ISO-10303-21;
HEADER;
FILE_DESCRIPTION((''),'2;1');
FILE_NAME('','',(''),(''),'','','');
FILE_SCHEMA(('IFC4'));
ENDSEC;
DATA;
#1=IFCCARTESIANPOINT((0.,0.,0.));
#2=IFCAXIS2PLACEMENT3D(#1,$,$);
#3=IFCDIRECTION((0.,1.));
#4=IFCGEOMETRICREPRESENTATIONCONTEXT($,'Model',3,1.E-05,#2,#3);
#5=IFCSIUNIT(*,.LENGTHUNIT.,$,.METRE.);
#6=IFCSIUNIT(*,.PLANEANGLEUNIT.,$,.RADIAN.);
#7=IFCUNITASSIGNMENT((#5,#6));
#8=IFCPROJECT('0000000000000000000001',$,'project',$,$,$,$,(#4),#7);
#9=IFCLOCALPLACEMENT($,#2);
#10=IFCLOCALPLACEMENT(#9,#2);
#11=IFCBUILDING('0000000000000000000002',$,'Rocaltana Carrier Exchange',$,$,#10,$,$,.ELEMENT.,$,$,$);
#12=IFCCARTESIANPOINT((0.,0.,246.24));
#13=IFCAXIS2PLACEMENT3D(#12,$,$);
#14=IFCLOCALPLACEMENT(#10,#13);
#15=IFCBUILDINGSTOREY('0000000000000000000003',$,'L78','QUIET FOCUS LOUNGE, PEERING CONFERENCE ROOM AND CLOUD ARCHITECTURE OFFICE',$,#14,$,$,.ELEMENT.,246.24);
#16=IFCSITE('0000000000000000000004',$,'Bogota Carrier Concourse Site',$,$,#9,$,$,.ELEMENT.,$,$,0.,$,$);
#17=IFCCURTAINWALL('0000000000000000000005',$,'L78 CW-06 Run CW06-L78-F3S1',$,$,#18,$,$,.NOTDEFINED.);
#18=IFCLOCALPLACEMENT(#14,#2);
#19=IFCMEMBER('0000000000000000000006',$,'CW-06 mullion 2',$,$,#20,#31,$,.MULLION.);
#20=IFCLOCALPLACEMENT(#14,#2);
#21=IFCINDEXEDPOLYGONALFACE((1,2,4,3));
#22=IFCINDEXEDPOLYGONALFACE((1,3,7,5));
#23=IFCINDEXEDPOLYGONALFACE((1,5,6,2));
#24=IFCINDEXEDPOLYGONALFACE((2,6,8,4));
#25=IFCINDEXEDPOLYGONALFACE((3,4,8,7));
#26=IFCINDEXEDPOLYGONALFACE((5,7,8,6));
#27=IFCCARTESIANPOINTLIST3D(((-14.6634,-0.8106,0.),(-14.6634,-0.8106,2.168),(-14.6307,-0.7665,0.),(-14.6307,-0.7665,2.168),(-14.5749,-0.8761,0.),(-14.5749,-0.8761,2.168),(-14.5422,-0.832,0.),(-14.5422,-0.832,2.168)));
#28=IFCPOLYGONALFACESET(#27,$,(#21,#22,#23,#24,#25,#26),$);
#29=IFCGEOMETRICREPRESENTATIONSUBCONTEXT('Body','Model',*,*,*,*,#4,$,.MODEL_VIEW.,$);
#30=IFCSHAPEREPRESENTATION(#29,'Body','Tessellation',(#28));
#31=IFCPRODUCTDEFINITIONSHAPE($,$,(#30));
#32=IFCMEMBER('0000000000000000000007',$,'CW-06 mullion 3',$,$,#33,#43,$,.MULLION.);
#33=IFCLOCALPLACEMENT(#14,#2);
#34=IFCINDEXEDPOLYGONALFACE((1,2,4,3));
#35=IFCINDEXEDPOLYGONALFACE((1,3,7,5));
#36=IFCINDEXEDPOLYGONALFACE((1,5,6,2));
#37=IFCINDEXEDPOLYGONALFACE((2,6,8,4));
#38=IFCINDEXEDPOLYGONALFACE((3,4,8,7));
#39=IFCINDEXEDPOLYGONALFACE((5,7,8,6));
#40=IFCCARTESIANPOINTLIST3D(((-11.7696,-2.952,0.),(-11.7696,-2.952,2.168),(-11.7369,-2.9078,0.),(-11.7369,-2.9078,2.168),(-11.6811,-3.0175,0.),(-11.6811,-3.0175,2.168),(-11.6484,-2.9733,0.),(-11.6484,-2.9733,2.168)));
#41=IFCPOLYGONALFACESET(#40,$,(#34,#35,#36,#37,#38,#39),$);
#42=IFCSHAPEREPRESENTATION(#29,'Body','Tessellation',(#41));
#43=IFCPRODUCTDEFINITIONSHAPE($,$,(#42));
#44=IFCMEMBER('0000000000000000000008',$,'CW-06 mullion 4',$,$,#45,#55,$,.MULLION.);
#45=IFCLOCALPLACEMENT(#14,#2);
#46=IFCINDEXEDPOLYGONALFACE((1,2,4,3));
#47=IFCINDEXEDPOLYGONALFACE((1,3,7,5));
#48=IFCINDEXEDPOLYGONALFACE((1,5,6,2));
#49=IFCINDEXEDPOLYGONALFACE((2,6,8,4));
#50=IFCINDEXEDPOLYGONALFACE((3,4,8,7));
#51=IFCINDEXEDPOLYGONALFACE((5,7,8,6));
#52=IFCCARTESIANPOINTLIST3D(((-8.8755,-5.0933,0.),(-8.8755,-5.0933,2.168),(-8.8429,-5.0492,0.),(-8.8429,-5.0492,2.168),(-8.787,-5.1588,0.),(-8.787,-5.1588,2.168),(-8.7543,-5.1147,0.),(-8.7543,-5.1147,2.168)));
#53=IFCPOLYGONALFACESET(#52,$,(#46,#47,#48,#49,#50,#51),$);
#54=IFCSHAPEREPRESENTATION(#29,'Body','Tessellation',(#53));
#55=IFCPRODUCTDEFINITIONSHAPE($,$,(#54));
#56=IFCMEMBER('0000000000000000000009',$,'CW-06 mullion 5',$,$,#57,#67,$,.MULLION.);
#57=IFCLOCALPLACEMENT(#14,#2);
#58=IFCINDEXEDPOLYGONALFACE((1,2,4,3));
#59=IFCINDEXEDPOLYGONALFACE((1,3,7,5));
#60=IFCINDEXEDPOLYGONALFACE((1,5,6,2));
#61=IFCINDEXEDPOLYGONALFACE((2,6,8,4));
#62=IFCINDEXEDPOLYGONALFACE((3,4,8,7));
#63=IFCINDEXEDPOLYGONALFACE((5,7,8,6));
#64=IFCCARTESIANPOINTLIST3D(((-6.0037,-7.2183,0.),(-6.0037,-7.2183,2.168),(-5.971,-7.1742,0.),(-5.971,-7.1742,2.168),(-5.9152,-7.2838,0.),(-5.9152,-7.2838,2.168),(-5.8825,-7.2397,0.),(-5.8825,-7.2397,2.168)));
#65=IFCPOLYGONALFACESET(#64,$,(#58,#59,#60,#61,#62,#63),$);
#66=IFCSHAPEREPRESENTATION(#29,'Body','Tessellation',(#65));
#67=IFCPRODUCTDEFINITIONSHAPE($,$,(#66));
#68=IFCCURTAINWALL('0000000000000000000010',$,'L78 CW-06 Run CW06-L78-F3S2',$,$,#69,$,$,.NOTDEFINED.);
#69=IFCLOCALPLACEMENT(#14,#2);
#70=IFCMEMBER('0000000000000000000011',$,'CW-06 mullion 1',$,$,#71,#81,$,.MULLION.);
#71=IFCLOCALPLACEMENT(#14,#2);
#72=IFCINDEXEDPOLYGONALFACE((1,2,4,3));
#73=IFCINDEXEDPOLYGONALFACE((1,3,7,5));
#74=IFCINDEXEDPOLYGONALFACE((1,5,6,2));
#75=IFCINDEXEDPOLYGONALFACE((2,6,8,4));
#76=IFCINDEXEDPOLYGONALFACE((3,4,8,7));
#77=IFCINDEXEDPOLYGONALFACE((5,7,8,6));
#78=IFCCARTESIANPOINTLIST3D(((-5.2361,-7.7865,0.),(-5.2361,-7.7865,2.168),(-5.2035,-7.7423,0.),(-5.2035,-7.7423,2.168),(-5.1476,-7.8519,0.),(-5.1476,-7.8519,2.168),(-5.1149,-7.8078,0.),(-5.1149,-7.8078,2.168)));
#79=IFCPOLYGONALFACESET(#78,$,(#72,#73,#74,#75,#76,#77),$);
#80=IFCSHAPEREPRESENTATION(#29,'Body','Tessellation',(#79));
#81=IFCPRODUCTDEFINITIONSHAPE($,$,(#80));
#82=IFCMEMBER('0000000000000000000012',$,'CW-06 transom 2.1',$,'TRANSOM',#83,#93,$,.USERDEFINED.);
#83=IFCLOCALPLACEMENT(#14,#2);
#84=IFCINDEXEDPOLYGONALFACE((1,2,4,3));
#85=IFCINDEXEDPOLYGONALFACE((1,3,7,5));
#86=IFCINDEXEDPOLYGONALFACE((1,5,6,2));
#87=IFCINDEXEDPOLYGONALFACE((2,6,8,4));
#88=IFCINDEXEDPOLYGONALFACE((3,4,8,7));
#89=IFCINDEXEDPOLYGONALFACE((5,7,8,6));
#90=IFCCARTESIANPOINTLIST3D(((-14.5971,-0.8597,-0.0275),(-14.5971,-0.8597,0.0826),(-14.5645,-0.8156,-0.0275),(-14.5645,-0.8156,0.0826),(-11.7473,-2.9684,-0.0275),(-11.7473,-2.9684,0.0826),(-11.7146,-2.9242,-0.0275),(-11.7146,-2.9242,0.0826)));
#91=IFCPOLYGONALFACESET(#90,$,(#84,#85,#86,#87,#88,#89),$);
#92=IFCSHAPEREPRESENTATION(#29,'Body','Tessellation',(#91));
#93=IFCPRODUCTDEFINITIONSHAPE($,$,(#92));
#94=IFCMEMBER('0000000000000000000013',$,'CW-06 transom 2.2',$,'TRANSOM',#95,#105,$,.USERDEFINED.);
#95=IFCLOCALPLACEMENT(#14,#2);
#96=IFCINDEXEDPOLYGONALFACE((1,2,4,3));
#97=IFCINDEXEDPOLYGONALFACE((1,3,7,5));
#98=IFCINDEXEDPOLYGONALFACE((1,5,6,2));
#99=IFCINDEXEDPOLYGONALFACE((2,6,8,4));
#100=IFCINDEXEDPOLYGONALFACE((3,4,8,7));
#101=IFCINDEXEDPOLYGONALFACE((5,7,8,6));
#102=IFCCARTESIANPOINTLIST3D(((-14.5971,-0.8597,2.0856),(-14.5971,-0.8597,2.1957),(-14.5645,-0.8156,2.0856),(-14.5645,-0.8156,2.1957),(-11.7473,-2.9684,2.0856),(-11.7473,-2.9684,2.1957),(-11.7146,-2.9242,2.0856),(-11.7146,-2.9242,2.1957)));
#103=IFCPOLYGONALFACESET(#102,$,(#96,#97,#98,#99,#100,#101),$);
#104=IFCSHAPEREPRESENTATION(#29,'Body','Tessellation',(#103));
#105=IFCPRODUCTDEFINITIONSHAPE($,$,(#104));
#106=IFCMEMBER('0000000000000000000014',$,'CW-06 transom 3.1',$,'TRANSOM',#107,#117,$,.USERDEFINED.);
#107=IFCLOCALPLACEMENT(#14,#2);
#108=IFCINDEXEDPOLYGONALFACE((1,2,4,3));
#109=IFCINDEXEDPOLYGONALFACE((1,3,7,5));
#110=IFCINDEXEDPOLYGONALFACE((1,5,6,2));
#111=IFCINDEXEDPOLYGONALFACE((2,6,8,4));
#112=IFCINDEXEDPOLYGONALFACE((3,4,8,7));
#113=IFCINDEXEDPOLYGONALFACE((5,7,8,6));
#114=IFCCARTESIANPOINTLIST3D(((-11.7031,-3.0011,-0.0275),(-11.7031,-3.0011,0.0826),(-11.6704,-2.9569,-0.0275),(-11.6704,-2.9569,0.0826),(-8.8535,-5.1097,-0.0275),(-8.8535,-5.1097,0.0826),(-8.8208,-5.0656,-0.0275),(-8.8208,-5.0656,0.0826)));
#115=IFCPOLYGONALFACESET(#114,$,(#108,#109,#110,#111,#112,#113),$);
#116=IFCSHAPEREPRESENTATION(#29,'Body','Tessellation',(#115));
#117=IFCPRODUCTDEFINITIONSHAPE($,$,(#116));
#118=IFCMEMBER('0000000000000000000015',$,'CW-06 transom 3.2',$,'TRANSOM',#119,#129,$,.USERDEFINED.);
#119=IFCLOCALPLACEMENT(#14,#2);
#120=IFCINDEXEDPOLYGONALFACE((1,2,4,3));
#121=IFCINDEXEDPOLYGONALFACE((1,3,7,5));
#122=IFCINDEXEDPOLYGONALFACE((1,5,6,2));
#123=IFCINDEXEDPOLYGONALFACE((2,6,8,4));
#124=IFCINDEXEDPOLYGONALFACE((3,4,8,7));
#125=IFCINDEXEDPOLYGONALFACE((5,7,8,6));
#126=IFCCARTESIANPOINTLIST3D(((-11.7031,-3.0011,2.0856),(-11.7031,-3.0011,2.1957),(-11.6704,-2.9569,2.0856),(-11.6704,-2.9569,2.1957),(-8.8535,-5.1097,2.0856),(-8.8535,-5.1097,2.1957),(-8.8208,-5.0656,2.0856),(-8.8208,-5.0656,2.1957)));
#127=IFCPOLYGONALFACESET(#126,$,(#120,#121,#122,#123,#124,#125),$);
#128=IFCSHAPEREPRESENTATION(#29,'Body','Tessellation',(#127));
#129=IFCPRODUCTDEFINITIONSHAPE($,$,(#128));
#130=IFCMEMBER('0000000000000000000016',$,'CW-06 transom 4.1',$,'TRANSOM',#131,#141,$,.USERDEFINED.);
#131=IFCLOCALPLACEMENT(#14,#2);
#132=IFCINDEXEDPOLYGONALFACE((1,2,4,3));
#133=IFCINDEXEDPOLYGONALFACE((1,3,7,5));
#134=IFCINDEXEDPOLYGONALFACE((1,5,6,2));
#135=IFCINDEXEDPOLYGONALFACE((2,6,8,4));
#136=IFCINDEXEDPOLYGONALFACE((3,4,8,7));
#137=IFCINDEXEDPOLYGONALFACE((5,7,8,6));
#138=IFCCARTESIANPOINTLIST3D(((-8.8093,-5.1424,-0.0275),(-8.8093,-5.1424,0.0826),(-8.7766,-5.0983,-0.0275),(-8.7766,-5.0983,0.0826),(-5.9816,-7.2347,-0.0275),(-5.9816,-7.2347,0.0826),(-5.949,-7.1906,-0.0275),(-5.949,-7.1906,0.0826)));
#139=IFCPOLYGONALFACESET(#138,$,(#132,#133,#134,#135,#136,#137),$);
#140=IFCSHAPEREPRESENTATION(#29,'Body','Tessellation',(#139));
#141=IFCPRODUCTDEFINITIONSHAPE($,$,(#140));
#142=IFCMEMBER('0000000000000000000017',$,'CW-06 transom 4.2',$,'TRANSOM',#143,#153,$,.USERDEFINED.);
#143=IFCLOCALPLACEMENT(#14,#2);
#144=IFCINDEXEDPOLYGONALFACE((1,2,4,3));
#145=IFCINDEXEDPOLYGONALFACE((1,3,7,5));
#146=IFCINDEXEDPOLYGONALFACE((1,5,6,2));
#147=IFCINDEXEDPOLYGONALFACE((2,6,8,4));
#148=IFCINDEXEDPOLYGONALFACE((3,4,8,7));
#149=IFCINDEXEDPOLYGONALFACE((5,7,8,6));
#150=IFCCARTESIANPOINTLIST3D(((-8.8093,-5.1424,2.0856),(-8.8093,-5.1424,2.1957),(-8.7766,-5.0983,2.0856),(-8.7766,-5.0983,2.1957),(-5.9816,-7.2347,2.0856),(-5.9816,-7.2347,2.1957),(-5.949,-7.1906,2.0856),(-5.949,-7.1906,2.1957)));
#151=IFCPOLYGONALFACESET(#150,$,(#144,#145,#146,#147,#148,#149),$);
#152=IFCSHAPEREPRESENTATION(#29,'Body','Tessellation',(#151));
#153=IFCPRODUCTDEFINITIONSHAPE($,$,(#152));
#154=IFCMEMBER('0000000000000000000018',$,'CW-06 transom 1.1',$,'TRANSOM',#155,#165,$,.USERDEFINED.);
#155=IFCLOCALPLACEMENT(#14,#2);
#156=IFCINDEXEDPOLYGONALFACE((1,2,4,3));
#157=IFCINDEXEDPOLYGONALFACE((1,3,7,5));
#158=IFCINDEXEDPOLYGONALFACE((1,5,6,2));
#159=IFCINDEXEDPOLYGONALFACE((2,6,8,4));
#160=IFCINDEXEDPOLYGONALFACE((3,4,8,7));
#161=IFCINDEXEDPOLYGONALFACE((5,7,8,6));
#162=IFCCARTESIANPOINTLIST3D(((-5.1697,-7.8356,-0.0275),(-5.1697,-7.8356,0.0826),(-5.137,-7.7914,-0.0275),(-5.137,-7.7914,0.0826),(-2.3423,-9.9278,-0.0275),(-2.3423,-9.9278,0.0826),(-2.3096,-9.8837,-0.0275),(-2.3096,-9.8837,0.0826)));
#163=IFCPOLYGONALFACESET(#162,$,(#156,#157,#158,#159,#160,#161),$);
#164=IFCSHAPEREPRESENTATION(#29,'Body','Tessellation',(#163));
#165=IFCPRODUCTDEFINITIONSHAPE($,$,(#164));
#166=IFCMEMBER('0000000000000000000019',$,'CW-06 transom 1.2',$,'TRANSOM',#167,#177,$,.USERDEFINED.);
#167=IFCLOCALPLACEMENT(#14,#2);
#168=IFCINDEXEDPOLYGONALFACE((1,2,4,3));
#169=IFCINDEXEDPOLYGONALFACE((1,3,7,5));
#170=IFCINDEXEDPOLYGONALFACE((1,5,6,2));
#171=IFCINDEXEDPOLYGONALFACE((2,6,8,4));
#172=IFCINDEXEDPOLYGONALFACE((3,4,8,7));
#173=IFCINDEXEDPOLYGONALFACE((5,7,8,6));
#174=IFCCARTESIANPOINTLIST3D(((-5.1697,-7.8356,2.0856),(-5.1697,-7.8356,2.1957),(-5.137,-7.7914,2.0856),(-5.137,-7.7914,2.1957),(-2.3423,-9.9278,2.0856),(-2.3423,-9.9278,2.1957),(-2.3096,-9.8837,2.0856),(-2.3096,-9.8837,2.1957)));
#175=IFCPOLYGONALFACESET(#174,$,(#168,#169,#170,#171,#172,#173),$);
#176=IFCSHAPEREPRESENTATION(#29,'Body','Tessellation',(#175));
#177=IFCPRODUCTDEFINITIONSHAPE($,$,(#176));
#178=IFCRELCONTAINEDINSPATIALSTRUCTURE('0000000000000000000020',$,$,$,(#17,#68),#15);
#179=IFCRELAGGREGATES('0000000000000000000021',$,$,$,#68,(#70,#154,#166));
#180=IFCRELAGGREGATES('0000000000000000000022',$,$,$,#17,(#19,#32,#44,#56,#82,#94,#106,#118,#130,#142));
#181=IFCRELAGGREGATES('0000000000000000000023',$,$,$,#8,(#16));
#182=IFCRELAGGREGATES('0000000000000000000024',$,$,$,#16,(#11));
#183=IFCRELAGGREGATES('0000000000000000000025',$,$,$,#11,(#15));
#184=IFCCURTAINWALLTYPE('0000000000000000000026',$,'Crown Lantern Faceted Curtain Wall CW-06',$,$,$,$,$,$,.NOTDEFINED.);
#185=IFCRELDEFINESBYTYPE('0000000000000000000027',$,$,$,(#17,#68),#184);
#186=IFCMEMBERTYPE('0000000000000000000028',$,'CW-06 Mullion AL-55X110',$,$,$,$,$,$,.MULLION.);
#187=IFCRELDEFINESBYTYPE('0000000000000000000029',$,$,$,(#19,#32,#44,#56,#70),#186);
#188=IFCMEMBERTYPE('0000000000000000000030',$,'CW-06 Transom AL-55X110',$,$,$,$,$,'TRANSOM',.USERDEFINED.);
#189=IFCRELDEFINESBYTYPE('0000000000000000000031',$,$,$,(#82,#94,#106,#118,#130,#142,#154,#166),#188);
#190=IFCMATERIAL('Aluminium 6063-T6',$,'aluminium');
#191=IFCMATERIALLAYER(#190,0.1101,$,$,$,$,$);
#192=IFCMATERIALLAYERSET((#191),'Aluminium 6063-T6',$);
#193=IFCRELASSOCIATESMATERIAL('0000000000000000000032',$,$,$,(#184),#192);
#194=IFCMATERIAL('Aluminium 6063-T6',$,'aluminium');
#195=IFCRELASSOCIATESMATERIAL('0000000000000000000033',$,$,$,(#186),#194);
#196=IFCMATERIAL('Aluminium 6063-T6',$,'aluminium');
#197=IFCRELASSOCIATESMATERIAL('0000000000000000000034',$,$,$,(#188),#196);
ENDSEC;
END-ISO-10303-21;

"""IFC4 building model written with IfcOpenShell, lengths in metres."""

from ifc_helpers import new_model, si_unit, direction, frame, origin, origin_2d, place, context, subcontext, project, spatial, rectangle, extrude, material, layer, layer_set, material_profile, profile_set, type_object, element, aggregate, save


model = new_model("IFC4")

# Units and contexts
model_context = context("Model", 3, precision=1e-05, world=origin(), true_north=direction((0.0, 1.0)))
body_context = subcontext(model_context, "Body", "Model", "MODEL_VIEW")
ifc_project = project(units=[si_unit("LENGTHUNIT", "METRE"), si_unit("PLANEANGLEUNIT", "RADIAN")], contexts=[model_context])

# Site, building, storey
site_placement = place(None, origin())
site = spatial("IfcSite", under=ifc_project, at=site_placement, Name="Bogota Carrier Concourse Site", CompositionType="ELEMENT", RefElevation=0.0)
building_placement = place(site_placement, origin())
building = spatial("IfcBuilding", under=site, at=building_placement, Name="Rocaltana Carrier Exchange", CompositionType="ELEMENT")
storey_placement = place(building_placement, frame((0.0, 0.0, 246.24)))
storey = spatial("IfcBuildingStorey", under=building, at=storey_placement, Name="L78", Description="QUIET FOCUS LOUNGE, PEERING CONFERENCE ROOM AND CLOUD ARCHITECTURE OFFICE", CompositionType="ELEMENT", Elevation=246.24)

# Curtain wall, members
ifc_material_1 = material(Name="Aluminium 6063-T6", Category="aluminium")
ifc_layer_1 = layer(ifc_material_1, 0.1101)
ifc_layer_set_1 = layer_set([ifc_layer_1], Name="Aluminium 6063-T6")
curtain_wall_type = type_object("IfcCurtainWallType", Name="Crown Lantern Faceted Curtain Wall CW-06", PredefinedType="NOTDEFINED", material=ifc_layer_set_1)
curtain_wall_1_placement = place(storey_placement, origin())
curtain_wall_1 = element("IfcCurtainWall", 1, at=curtain_wall_1_placement, inside=storey, type_object=curtain_wall_type, Name="L78 CW-06 Run CW06-L78-F3S1", PredefinedType="NOTDEFINED")
ifc_material_2 = material(Name="Aluminium 6063-T6", Category="aluminium")
ifc_material_profile_1 = material_profile(ifc_material_2, rectangle(XDim=0.0549, YDim=0.1101, at=origin_2d()), Name="AL-55X110")
ifc_profile_set_1 = profile_set([ifc_material_profile_1], Name="Aluminium 6063-T6")
member_type_1 = type_object("IfcMemberType", Name="CW-06 Mullion AL-55X110", PredefinedType="MULLION", material=ifc_profile_set_1)
member_1_placement = place(storey_placement, frame((-14.6028, -0.8213, 0.0), z_axis=(0.0, 0.0, 1.0), x_axis=(0.594819, 0.80386, 0.0)))
member_1 = element("IfcMember", 2, at=member_1_placement, type_object=member_type_1, Name="CW-06 mullion 2", PredefinedType="MULLION", context=body_context, shape_type="SweptSolid", body=[
    extrude(rectangle(XDim=0.0549, YDim=0.1101, at=origin_2d()), origin(), (0.0, 0.0, 1.0), 2.168),
])
member_2_placement = place(storey_placement, frame((-11.709, -2.9626, 0.0), z_axis=(0.0, 0.0, 1.0), x_axis=(0.594819, 0.80386, 0.0)))
member_2 = element("IfcMember", 3, at=member_2_placement, type_object=member_type_1, Name="CW-06 mullion 3", PredefinedType="MULLION", context=body_context, shape_type="SweptSolid", body=[
    extrude(rectangle(XDim=0.0549, YDim=0.1101, at=origin_2d()), origin(), (0.0, 0.0, 1.0), 2.168),
])
member_3_placement = place(storey_placement, frame((-8.8149, -5.104, 0.0), z_axis=(0.0, 0.0, 1.0), x_axis=(0.594819, 0.80386, 0.0)))
member_3 = element("IfcMember", 4, at=member_3_placement, type_object=member_type_1, Name="CW-06 mullion 4", PredefinedType="MULLION", context=body_context, shape_type="SweptSolid", body=[
    extrude(rectangle(XDim=0.0549, YDim=0.1101, at=origin_2d()), origin(), (0.0, 0.0, 1.0), 2.168),
])
member_4_placement = place(storey_placement, frame((-5.9431, -7.229, 0.0), z_axis=(0.0, 0.0, 1.0), x_axis=(0.594819, 0.80386, 0.0)))
member_4 = element("IfcMember", 5, at=member_4_placement, type_object=member_type_1, Name="CW-06 mullion 5", PredefinedType="MULLION", context=body_context, shape_type="SweptSolid", body=[
    extrude(rectangle(XDim=0.0549, YDim=0.1101, at=origin_2d()), origin(), (0.0, 0.0, 1.0), 2.168),
])

# Curtain wall, member
curtain_wall_2_placement = place(storey_placement, origin())
curtain_wall_2 = element("IfcCurtainWall", 6, at=curtain_wall_2_placement, inside=storey, type_object=curtain_wall_type, Name="L78 CW-06 Run CW06-L78-F3S2", PredefinedType="NOTDEFINED")
member_5_placement = place(storey_placement, frame((-5.1755, -7.7971, 0.0), z_axis=(0.0, 0.0, 1.0), x_axis=(0.594826, 0.803854, 0.0)))
member_5 = element("IfcMember", 7, at=member_5_placement, type_object=member_type_1, Name="CW-06 mullion 1", PredefinedType="MULLION", context=body_context, shape_type="SweptSolid", body=[
    extrude(rectangle(XDim=0.0549, YDim=0.1101, at=origin_2d()), origin(), (0.0, 0.0, 1.0), 2.168),
])

# Members
ifc_material_3 = material(Name="Aluminium 6063-T6", Category="aluminium")
ifc_material_profile_2 = material_profile(ifc_material_3, rectangle(XDim=0.0549, YDim=0.1101, at=origin_2d()), Name="AL-55X110")
ifc_profile_set_2 = profile_set([ifc_material_profile_2], Name="Aluminium 6063-T6")
member_type_2 = type_object("IfcMemberType", Name="CW-06 Transom AL-55X110", ElementType="TRANSOM", PredefinedType="USERDEFINED", material=ifc_profile_set_2)
member_6_placement = place(storey_placement, frame((-14.5808, -0.8376, 0.0276), z_axis=(0.803875, -0.594798, 0.0), x_axis=(0.594798, 0.803875, 0.0)))
member_6 = element("IfcMember", 8, at=member_6_placement, type_object=member_type_2, Name="CW-06 transom 2.1", ObjectType="TRANSOM", PredefinedType="USERDEFINED", context=body_context, shape_type="SweptSolid", body=[
    extrude(rectangle(XDim=0.0549, YDim=0.1101, at=origin_2d()), origin(), (0.0, 0.0, 1.0), 3.5452),
])
member_7_placement = place(storey_placement, frame((-14.5808, -0.8376, 2.1406), z_axis=(0.803875, -0.594798, 0.0), x_axis=(0.594798, 0.803875, 0.0)))
member_7 = element("IfcMember", 9, at=member_7_placement, type_object=member_type_2, Name="CW-06 transom 2.2", ObjectType="TRANSOM", PredefinedType="USERDEFINED", context=body_context, shape_type="SweptSolid", body=[
    extrude(rectangle(XDim=0.0549, YDim=0.1101, at=origin_2d()), origin(), (0.0, 0.0, 1.0), 3.5452),
])
member_8_placement = place(storey_placement, frame((-11.6868, -2.979, 0.0276), z_axis=(0.803851, -0.594831, 0.0), x_axis=(0.594831, 0.803851, 0.0)))
member_8 = element("IfcMember", 10, at=member_8_placement, type_object=member_type_2, Name="CW-06 transom 3.1", ObjectType="TRANSOM", PredefinedType="USERDEFINED", context=body_context, shape_type="SweptSolid", body=[
    extrude(rectangle(XDim=0.0549, YDim=0.1101, at=origin_2d()), origin(), (0.0, 0.0, 1.0), 3.5449),
])
member_9_placement = place(storey_placement, frame((-11.6868, -2.979, 2.1406), z_axis=(0.803851, -0.594831, 0.0), x_axis=(0.594831, 0.803851, 0.0)))
member_9 = element("IfcMember", 11, at=member_9_placement, type_object=member_type_2, Name="CW-06 transom 3.2", ObjectType="TRANSOM", PredefinedType="USERDEFINED", context=body_context, shape_type="SweptSolid", body=[
    extrude(rectangle(XDim=0.0549, YDim=0.1101, at=origin_2d()), origin(), (0.0, 0.0, 1.0), 3.5449),
])
member_10_placement = place(storey_placement, frame((-8.793, -5.1204, 0.0276), z_axis=(0.803864, -0.594813, 0.0), x_axis=(0.594813, 0.803864, 0.0)))
member_10 = element("IfcMember", 12, at=member_10_placement, type_object=member_type_2, Name="CW-06 transom 4.1", ObjectType="TRANSOM", PredefinedType="USERDEFINED", context=body_context, shape_type="SweptSolid", body=[
    extrude(rectangle(XDim=0.0549, YDim=0.1101, at=origin_2d()), origin(), (0.0, 0.0, 1.0), 3.5176),
])
member_11_placement = place(storey_placement, frame((-8.793, -5.1204, 2.1406), z_axis=(0.803864, -0.594813, 0.0), x_axis=(0.594813, 0.803864, 0.0)))
member_11 = element("IfcMember", 13, at=member_11_placement, type_object=member_type_2, Name="CW-06 transom 4.2", ObjectType="TRANSOM", PredefinedType="USERDEFINED", context=body_context, shape_type="SweptSolid", body=[
    extrude(rectangle(XDim=0.0549, YDim=0.1101, at=origin_2d()), origin(), (0.0, 0.0, 1.0), 3.5176),
])
member_12_placement = place(storey_placement, frame((-5.1533, -7.8135, 0.0276), z_axis=(0.80384, -0.594846, 0.0), x_axis=(0.594846, 0.80384, 0.0)))
member_12 = element("IfcMember", 14, at=member_12_placement, type_object=member_type_2, Name="CW-06 transom 1.1", ObjectType="TRANSOM", PredefinedType="USERDEFINED", context=body_context, shape_type="SweptSolid", body=[
    extrude(rectangle(XDim=0.0549, YDim=0.1101, at=origin_2d()), origin(), (0.0, 0.0, 1.0), 3.5173),
])
member_13_placement = place(storey_placement, frame((-5.1533, -7.8135, 2.1406), z_axis=(0.80384, -0.594846, 0.0), x_axis=(0.594846, 0.80384, 0.0)))
member_13 = element("IfcMember", 15, at=member_13_placement, type_object=member_type_2, Name="CW-06 transom 1.2", ObjectType="TRANSOM", PredefinedType="USERDEFINED", context=body_context, shape_type="SweptSolid", body=[
    extrude(rectangle(XDim=0.0549, YDim=0.1101, at=origin_2d()), origin(), (0.0, 0.0, 1.0), 3.5173),
])
aggregate(curtain_wall_2, [member_5, member_12, member_13])

aggregate(curtain_wall_1, [member_1, member_2, member_3, member_4, member_6, member_7, member_8, member_9, member_10, member_11])

save(model, "model.ifc")
